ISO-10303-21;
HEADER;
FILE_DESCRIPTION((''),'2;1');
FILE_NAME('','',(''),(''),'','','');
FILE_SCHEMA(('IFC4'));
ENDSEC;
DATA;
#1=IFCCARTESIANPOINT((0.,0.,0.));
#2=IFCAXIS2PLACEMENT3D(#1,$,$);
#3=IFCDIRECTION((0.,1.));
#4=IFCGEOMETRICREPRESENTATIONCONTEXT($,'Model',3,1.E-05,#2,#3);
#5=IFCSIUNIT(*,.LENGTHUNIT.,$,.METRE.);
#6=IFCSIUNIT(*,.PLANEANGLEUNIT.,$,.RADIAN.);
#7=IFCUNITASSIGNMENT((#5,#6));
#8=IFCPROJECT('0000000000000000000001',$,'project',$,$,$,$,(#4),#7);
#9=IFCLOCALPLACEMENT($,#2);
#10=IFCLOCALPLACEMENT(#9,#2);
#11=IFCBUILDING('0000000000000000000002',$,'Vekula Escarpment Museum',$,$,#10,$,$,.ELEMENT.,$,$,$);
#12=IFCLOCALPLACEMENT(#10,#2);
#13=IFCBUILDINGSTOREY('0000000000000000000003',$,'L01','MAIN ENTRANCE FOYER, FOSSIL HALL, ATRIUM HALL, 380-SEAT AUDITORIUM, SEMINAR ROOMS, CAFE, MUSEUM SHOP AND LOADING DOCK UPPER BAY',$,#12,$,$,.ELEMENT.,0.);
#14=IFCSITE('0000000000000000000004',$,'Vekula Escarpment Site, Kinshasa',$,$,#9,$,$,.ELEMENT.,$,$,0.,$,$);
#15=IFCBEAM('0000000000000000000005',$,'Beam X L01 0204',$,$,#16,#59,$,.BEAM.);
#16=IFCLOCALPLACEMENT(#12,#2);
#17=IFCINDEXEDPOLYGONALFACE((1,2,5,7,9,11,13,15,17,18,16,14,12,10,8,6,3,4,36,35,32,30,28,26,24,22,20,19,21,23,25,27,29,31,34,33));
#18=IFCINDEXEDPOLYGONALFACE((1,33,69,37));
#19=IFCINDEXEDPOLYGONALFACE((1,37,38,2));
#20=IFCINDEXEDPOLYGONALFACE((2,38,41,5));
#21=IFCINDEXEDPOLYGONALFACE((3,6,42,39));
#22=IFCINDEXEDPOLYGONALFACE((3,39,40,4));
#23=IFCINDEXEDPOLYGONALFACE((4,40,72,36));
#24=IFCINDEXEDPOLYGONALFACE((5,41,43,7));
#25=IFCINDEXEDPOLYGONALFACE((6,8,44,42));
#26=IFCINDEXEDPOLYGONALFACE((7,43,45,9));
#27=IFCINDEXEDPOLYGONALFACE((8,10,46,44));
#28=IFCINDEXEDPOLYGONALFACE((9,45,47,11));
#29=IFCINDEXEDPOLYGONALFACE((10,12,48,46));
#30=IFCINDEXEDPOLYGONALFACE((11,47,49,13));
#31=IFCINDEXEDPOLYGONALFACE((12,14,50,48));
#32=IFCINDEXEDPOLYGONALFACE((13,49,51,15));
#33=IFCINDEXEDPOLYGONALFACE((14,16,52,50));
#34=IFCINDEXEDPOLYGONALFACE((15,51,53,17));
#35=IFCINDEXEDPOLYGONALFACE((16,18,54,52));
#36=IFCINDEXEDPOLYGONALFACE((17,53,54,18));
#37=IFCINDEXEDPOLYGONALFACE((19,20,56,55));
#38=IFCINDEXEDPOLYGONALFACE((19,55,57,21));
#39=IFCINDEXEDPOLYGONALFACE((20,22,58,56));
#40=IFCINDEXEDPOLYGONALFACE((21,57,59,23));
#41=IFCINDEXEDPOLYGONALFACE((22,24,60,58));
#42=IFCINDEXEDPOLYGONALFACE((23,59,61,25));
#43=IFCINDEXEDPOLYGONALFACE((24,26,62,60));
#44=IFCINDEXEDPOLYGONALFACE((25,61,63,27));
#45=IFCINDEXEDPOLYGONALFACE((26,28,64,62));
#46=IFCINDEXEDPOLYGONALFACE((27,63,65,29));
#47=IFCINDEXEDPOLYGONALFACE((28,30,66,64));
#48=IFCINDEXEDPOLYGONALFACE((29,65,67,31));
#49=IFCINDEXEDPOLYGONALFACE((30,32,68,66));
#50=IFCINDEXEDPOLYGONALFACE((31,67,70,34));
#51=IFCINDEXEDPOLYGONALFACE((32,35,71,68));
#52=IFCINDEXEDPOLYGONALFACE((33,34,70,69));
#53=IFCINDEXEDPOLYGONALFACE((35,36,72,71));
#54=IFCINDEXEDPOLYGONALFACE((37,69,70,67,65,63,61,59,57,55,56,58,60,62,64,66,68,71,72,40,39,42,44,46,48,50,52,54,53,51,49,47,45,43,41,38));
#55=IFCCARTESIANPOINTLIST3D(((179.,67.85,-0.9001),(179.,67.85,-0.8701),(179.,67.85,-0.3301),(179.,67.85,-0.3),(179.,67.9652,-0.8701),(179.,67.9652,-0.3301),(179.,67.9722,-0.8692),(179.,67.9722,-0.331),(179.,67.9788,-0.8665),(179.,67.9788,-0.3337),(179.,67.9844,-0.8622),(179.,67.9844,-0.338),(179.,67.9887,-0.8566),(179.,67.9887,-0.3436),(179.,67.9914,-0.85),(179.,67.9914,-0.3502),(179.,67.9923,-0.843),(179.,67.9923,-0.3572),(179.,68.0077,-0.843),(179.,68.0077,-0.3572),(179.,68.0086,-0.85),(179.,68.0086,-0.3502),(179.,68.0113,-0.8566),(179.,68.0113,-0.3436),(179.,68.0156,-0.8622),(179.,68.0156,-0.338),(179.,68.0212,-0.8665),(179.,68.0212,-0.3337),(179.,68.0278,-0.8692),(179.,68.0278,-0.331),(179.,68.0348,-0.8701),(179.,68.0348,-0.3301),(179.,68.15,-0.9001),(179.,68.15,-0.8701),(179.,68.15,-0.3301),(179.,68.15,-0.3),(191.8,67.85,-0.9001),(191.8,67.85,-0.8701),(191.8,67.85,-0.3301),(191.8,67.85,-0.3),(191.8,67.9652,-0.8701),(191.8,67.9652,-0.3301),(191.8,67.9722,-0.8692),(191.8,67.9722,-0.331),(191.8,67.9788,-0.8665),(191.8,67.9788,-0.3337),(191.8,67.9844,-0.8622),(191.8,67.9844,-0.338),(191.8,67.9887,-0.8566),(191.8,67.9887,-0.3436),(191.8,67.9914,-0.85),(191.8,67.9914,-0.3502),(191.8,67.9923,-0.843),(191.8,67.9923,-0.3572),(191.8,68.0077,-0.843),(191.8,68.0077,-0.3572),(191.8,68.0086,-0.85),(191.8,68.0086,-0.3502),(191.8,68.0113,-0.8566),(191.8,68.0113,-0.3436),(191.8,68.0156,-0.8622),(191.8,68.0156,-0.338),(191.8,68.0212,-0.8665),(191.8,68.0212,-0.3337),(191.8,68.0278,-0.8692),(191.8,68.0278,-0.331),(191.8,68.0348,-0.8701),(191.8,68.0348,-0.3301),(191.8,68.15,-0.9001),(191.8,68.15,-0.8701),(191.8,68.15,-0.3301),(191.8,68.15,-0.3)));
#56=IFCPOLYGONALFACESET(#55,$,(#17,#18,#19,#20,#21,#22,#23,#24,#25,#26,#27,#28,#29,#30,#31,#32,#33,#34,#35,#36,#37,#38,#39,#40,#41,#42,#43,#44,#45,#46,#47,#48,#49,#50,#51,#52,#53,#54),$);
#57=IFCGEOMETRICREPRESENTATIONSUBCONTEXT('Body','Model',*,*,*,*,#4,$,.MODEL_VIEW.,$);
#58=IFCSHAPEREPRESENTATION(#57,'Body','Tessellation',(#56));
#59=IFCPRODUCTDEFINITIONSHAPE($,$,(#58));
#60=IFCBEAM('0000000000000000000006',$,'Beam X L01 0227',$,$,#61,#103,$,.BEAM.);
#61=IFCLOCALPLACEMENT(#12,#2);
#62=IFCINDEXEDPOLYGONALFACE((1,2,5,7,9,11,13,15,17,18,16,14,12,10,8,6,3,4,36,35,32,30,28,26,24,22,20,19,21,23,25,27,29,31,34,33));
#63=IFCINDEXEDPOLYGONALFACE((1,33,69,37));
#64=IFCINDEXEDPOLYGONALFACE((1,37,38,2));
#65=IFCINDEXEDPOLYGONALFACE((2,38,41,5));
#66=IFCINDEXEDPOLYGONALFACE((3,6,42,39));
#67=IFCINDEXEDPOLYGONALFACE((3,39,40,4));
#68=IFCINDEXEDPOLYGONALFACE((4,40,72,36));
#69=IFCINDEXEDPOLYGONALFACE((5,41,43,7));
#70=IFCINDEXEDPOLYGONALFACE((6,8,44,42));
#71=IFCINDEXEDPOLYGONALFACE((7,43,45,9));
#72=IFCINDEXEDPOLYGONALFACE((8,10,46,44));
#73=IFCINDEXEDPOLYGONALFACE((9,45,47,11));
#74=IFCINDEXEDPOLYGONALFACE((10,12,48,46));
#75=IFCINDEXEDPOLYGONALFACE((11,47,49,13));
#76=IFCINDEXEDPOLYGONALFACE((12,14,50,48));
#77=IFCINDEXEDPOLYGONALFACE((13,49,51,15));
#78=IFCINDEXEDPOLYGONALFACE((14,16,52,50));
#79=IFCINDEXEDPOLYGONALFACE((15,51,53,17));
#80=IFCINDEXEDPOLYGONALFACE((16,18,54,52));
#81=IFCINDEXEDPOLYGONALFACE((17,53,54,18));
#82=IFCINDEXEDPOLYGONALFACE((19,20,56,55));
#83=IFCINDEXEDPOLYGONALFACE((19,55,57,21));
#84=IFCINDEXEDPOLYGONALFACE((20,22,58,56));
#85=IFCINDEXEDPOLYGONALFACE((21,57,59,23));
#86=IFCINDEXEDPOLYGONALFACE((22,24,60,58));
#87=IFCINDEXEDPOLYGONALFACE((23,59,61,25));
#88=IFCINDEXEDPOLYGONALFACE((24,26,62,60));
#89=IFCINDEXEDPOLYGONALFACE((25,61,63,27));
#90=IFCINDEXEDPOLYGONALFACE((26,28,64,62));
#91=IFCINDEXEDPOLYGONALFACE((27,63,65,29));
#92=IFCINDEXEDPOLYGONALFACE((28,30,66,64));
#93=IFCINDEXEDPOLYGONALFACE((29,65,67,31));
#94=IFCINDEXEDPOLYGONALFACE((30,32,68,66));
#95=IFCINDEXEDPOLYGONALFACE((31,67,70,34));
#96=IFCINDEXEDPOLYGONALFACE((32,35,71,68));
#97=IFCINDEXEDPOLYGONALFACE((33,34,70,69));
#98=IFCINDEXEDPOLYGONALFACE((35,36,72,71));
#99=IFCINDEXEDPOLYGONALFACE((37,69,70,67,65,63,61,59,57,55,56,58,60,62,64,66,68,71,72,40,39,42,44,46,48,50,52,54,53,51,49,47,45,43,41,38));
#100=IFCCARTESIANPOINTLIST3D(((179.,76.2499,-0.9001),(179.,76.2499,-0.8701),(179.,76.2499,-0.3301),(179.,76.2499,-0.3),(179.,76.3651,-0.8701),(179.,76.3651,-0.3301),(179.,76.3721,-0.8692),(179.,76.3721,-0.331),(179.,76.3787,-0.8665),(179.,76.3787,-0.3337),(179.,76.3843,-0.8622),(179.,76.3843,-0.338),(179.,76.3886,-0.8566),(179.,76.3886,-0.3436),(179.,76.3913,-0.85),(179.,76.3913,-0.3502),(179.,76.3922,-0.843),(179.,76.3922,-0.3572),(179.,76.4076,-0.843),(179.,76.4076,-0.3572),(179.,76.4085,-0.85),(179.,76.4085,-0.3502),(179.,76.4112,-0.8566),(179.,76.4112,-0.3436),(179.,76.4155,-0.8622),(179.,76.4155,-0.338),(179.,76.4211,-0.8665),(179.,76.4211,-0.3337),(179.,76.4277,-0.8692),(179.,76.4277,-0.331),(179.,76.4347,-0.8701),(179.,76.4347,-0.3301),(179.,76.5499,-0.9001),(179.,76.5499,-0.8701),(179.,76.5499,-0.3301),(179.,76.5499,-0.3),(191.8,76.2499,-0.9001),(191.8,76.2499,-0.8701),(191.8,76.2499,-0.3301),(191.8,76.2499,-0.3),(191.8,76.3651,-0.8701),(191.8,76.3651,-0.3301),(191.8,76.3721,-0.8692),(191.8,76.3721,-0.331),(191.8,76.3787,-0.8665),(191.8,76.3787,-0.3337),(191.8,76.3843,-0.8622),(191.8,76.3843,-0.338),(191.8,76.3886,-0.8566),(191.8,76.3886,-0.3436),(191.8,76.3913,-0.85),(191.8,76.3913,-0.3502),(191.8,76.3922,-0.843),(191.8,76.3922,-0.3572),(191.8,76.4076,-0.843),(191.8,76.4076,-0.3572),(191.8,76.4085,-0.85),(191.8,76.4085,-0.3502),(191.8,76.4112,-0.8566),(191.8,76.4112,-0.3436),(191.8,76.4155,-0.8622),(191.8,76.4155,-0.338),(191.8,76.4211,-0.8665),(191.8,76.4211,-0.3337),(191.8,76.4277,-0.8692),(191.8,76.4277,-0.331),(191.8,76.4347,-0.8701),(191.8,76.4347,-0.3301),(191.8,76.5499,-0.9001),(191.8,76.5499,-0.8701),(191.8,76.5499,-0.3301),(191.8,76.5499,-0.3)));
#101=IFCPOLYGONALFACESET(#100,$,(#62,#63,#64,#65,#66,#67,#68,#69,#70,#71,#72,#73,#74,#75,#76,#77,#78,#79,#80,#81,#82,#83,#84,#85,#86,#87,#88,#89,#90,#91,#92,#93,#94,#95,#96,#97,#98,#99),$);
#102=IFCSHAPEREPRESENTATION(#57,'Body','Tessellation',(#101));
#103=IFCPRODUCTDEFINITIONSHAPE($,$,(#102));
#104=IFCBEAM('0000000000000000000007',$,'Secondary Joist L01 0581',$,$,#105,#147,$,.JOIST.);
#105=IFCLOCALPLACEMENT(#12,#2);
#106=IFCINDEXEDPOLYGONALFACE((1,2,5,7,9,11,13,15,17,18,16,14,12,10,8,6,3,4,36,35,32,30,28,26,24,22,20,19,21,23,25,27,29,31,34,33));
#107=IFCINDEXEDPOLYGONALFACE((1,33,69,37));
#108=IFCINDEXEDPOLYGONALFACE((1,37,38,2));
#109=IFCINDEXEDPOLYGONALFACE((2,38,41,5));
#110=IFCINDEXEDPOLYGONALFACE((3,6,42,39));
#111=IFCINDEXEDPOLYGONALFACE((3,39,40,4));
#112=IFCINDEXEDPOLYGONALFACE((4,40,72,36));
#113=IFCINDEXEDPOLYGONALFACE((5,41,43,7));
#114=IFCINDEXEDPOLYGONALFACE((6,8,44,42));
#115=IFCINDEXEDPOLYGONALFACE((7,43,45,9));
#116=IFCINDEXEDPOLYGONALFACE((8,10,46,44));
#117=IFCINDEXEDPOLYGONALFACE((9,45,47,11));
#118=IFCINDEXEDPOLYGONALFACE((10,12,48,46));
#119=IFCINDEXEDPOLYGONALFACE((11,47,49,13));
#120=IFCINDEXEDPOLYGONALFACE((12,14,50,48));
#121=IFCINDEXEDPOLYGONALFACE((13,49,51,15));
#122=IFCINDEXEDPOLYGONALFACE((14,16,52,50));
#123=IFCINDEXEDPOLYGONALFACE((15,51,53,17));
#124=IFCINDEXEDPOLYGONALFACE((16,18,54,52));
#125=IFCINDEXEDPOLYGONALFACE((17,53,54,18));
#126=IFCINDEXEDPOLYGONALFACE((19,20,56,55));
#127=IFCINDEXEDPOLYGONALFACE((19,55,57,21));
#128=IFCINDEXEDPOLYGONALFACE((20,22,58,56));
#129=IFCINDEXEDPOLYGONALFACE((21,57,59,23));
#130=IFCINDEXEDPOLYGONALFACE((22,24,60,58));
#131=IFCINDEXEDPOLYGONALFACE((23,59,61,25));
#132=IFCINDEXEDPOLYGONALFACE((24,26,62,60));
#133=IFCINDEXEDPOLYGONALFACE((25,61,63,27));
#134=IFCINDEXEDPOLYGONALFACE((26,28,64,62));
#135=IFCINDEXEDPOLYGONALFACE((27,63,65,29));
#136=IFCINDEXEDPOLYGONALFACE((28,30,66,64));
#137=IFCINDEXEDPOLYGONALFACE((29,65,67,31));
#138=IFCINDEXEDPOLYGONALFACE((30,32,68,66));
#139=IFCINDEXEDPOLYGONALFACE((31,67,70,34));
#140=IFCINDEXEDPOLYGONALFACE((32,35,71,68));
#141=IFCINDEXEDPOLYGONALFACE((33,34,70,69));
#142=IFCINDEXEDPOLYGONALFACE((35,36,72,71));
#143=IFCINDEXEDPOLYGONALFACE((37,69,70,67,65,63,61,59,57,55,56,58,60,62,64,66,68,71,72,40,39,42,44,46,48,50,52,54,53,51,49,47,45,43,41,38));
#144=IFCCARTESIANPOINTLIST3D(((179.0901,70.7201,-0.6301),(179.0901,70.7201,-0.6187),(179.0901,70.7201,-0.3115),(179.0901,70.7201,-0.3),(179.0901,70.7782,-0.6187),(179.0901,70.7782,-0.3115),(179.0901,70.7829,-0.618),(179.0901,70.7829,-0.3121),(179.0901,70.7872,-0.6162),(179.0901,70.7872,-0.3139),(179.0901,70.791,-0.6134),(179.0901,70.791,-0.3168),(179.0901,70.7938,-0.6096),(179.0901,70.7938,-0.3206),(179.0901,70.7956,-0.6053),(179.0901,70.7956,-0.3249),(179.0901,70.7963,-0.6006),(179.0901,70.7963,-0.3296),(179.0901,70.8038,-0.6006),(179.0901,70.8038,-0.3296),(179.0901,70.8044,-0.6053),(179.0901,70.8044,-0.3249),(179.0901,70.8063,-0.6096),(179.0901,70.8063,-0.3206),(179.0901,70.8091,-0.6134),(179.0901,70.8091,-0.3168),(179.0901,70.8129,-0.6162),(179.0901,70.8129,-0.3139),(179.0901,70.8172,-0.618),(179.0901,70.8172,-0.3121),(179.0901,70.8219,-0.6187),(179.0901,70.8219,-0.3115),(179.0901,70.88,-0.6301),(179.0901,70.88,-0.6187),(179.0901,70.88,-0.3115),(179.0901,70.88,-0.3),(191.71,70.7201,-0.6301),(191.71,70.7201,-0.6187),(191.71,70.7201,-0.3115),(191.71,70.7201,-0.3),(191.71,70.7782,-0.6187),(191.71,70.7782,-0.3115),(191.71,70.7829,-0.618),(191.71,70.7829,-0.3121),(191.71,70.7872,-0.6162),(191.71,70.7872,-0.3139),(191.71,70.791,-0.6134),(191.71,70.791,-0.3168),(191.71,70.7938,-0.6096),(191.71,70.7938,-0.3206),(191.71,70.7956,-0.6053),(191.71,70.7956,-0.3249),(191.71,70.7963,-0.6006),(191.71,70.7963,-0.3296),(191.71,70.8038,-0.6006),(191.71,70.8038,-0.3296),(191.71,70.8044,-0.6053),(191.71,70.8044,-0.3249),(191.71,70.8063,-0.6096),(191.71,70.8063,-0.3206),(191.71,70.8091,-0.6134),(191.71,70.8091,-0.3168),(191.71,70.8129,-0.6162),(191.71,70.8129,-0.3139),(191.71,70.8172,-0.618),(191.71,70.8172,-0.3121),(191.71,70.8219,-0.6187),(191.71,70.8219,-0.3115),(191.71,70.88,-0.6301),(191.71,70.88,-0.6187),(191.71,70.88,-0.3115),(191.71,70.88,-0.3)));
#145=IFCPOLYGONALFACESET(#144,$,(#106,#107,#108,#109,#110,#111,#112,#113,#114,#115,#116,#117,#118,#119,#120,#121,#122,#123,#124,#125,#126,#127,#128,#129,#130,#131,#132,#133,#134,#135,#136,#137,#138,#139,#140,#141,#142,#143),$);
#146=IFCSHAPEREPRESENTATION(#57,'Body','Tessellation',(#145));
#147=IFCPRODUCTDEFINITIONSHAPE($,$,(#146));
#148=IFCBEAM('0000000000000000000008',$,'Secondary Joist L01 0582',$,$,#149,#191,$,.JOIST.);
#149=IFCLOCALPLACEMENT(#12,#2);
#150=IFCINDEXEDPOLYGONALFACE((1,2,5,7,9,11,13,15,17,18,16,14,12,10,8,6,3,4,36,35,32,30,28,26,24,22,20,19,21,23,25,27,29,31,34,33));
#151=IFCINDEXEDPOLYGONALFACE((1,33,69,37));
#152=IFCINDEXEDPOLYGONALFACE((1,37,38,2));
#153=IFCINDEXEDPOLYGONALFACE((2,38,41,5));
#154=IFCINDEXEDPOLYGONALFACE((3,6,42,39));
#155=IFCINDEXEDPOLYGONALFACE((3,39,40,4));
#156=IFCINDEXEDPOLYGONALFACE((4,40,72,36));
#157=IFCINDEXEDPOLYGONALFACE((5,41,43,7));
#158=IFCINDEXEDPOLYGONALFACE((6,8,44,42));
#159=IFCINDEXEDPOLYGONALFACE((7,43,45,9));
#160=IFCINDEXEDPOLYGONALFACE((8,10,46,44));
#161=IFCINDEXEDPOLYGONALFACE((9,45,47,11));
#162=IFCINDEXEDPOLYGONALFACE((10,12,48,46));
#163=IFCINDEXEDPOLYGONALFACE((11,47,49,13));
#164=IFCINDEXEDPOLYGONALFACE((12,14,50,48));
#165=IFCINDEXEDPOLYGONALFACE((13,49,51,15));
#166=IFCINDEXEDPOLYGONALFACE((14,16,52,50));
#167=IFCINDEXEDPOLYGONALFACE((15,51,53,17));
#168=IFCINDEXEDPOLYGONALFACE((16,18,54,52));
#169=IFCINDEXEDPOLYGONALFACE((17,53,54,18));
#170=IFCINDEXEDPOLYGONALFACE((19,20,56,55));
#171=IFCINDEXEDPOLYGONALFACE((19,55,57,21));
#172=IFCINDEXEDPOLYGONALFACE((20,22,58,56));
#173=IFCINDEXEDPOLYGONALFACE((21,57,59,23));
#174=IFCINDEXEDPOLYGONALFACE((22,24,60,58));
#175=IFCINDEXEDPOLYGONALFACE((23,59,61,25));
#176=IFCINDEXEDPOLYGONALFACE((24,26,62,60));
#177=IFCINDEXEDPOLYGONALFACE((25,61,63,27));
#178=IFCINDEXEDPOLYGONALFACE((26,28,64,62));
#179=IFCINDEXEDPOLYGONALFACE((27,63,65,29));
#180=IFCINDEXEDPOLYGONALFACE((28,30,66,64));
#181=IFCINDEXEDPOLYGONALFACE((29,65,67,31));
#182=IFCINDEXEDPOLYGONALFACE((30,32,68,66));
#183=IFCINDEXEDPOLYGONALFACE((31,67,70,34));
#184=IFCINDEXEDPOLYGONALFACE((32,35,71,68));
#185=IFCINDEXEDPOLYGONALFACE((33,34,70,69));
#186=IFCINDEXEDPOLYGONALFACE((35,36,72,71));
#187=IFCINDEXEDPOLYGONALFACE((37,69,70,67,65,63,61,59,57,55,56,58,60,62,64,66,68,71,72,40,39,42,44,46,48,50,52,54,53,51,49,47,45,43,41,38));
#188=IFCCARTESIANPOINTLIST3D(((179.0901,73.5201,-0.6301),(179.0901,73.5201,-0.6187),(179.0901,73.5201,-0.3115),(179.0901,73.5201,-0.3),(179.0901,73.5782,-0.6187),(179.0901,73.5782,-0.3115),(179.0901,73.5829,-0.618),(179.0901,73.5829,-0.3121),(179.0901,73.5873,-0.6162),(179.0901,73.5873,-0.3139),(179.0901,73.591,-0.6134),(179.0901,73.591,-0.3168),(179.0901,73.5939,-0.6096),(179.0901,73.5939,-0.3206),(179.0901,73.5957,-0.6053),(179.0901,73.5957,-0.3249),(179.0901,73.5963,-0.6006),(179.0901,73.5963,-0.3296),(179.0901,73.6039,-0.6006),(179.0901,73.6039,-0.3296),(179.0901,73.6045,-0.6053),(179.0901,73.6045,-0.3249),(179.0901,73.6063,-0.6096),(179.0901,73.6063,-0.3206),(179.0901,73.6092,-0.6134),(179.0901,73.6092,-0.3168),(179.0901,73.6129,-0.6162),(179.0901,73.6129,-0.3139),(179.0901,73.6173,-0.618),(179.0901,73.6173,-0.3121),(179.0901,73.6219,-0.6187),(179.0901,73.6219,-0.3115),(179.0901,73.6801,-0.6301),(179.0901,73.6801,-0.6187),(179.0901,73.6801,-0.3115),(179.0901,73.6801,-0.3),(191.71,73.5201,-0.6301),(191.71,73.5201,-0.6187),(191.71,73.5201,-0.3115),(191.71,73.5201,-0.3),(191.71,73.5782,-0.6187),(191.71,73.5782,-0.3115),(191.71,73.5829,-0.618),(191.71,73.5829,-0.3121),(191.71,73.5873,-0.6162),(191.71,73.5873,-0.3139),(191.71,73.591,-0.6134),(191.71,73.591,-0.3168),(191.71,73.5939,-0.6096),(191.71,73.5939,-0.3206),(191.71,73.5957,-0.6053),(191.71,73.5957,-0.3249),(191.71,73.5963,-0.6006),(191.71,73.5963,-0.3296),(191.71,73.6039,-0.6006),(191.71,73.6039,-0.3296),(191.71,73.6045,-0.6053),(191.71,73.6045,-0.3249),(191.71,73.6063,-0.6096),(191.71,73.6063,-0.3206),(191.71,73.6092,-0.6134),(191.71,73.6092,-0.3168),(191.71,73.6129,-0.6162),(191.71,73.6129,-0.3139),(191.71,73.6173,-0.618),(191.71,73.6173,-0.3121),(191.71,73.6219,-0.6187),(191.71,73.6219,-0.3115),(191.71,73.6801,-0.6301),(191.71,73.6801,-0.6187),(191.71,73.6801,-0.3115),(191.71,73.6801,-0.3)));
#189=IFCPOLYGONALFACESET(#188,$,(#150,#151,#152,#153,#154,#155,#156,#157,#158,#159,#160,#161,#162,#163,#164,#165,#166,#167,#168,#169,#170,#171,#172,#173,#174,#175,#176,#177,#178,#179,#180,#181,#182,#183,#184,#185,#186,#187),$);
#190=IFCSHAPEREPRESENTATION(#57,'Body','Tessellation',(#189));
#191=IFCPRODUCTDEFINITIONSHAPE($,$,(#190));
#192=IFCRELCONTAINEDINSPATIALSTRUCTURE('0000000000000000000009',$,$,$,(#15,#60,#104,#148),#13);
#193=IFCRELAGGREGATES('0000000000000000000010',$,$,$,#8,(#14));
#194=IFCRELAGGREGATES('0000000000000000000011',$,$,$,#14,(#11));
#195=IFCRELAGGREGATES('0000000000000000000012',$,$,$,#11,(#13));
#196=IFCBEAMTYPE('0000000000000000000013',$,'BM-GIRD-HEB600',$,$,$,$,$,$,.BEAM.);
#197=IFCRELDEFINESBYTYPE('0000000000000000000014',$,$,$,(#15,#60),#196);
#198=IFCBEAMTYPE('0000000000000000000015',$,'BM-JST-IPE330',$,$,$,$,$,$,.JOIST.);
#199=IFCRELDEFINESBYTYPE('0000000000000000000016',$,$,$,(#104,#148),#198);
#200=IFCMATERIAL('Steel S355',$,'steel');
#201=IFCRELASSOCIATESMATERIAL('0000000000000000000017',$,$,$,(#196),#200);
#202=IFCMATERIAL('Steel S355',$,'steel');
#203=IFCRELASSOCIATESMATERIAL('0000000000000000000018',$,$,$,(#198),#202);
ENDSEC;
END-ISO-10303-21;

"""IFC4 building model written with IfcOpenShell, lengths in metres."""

from ifc_helpers import new_model, si_unit, direction, frame, origin, origin_2d, place, context, subcontext, project, spatial, i_section, extrude, material, material_profile, profile_set, type_object, element, save


model = new_model("IFC4")

# Units and contexts
model_context = context("Model", 3, precision=1e-05, world=origin(), true_north=direction((0.0, 1.0)))
body_context = subcontext(model_context, "Body", "Model", "MODEL_VIEW")
ifc_project = project(units=[si_unit("LENGTHUNIT", "METRE"), si_unit("PLANEANGLEUNIT", "RADIAN")], contexts=[model_context])

# Site, building, storey
site_placement = place(None, origin())
site = spatial("IfcSite", under=ifc_project, at=site_placement, Name="Vekula Escarpment Site, Kinshasa", CompositionType="ELEMENT", RefElevation=0.0)
building_placement = place(site_placement, origin())
building = spatial("IfcBuilding", under=site, at=building_placement, Name="Vekula Escarpment Museum", CompositionType="ELEMENT")
storey_placement = place(building_placement, origin())
storey = spatial("IfcBuildingStorey", under=building, at=storey_placement, Name="L01", Description="MAIN ENTRANCE FOYER, FOSSIL HALL, ATRIUM HALL, 380-SEAT AUDITORIUM, SEMINAR ROOMS, CAFE, MUSEUM SHOP AND LOADING DOCK UPPER BAY", CompositionType="ELEMENT", Elevation=0.0)

# Beams
ifc_material_1 = material(Name="Steel S355", Category="steel")
ifc_material_profile_1 = material_profile(ifc_material_1, i_section(OverallWidth=0.3, OverallDepth=0.6001, WebThickness=0.0154, FlangeThickness=0.03, FilletRadius=0.0271, at=origin_2d()), Name="HEB 600")
ifc_profile_set_1 = profile_set([ifc_material_profile_1], Name="Steel S355")
beam_type_1 = type_object("IfcBeamType", Name="BM-GIRD-HEB600", PredefinedType="BEAM", material=ifc_profile_set_1)
for number, where, z_axis, x_axis, name in (
    (1, (179.0, 68.0, -0.6001), (1.0, 0.0, 0.0), (0.0, 1.0, 0.0), "Beam X L01 0204"),
    (2, (179.0, 76.3999, -0.6001), (1.0, 0.0, 0.0), (0.0, 1.0, 0.0), "Beam X L01 0227"),
):
    element("IfcBeam", number, at=place(storey_placement, frame(where, z_axis=z_axis, x_axis=x_axis)), inside=storey, type_object=beam_type_1, Name=name, PredefinedType="BEAM", context=body_context, shape_type="SweptSolid", body=[
        extrude(i_section(OverallWidth=0.3, OverallDepth=0.6001, WebThickness=0.0154, FlangeThickness=0.03, FilletRadius=0.0271, at=origin_2d()), origin(), (0.0, 0.0, 1.0), 12.8),
    ])
ifc_material_2 = material(Name="Steel S355", Category="steel")
ifc_material_profile_2 = material_profile(ifc_material_2, i_section(OverallWidth=0.1599, OverallDepth=0.3301, WebThickness=0.0076, FlangeThickness=0.0115, FilletRadius=0.0181, at=origin_2d()), Name="IPE 330")
ifc_profile_set_2 = profile_set([ifc_material_profile_2], Name="Steel S355")
beam_type_2 = type_object("IfcBeamType", Name="BM-JST-IPE330", PredefinedType="JOIST", material=ifc_profile_set_2)
for number, where, z_axis, x_axis, name in (
    (3, (179.0901, 70.8, -0.4651), (1.0, 0.0, 0.0), (0.0, 1.0, 0.0), "Secondary Joist L01 0581"),
    (4, (179.0901, 73.6001, -0.4651), (1.0, 0.0, 0.0), (0.0, 1.0, 0.0), "Secondary Joist L01 0582"),
):
    element("IfcBeam", number, at=place(storey_placement, frame(where, z_axis=z_axis, x_axis=x_axis)), inside=storey, type_object=beam_type_2, Name=name, PredefinedType="JOIST", context=body_context, shape_type="SweptSolid", body=[
        extrude(i_section(OverallWidth=0.1599, OverallDepth=0.3301, WebThickness=0.0076, FlangeThickness=0.0115, FilletRadius=0.0181, at=origin_2d()), origin(), (0.0, 0.0, 1.0), 12.6199),
    ])

save(model, "model.ifc")
